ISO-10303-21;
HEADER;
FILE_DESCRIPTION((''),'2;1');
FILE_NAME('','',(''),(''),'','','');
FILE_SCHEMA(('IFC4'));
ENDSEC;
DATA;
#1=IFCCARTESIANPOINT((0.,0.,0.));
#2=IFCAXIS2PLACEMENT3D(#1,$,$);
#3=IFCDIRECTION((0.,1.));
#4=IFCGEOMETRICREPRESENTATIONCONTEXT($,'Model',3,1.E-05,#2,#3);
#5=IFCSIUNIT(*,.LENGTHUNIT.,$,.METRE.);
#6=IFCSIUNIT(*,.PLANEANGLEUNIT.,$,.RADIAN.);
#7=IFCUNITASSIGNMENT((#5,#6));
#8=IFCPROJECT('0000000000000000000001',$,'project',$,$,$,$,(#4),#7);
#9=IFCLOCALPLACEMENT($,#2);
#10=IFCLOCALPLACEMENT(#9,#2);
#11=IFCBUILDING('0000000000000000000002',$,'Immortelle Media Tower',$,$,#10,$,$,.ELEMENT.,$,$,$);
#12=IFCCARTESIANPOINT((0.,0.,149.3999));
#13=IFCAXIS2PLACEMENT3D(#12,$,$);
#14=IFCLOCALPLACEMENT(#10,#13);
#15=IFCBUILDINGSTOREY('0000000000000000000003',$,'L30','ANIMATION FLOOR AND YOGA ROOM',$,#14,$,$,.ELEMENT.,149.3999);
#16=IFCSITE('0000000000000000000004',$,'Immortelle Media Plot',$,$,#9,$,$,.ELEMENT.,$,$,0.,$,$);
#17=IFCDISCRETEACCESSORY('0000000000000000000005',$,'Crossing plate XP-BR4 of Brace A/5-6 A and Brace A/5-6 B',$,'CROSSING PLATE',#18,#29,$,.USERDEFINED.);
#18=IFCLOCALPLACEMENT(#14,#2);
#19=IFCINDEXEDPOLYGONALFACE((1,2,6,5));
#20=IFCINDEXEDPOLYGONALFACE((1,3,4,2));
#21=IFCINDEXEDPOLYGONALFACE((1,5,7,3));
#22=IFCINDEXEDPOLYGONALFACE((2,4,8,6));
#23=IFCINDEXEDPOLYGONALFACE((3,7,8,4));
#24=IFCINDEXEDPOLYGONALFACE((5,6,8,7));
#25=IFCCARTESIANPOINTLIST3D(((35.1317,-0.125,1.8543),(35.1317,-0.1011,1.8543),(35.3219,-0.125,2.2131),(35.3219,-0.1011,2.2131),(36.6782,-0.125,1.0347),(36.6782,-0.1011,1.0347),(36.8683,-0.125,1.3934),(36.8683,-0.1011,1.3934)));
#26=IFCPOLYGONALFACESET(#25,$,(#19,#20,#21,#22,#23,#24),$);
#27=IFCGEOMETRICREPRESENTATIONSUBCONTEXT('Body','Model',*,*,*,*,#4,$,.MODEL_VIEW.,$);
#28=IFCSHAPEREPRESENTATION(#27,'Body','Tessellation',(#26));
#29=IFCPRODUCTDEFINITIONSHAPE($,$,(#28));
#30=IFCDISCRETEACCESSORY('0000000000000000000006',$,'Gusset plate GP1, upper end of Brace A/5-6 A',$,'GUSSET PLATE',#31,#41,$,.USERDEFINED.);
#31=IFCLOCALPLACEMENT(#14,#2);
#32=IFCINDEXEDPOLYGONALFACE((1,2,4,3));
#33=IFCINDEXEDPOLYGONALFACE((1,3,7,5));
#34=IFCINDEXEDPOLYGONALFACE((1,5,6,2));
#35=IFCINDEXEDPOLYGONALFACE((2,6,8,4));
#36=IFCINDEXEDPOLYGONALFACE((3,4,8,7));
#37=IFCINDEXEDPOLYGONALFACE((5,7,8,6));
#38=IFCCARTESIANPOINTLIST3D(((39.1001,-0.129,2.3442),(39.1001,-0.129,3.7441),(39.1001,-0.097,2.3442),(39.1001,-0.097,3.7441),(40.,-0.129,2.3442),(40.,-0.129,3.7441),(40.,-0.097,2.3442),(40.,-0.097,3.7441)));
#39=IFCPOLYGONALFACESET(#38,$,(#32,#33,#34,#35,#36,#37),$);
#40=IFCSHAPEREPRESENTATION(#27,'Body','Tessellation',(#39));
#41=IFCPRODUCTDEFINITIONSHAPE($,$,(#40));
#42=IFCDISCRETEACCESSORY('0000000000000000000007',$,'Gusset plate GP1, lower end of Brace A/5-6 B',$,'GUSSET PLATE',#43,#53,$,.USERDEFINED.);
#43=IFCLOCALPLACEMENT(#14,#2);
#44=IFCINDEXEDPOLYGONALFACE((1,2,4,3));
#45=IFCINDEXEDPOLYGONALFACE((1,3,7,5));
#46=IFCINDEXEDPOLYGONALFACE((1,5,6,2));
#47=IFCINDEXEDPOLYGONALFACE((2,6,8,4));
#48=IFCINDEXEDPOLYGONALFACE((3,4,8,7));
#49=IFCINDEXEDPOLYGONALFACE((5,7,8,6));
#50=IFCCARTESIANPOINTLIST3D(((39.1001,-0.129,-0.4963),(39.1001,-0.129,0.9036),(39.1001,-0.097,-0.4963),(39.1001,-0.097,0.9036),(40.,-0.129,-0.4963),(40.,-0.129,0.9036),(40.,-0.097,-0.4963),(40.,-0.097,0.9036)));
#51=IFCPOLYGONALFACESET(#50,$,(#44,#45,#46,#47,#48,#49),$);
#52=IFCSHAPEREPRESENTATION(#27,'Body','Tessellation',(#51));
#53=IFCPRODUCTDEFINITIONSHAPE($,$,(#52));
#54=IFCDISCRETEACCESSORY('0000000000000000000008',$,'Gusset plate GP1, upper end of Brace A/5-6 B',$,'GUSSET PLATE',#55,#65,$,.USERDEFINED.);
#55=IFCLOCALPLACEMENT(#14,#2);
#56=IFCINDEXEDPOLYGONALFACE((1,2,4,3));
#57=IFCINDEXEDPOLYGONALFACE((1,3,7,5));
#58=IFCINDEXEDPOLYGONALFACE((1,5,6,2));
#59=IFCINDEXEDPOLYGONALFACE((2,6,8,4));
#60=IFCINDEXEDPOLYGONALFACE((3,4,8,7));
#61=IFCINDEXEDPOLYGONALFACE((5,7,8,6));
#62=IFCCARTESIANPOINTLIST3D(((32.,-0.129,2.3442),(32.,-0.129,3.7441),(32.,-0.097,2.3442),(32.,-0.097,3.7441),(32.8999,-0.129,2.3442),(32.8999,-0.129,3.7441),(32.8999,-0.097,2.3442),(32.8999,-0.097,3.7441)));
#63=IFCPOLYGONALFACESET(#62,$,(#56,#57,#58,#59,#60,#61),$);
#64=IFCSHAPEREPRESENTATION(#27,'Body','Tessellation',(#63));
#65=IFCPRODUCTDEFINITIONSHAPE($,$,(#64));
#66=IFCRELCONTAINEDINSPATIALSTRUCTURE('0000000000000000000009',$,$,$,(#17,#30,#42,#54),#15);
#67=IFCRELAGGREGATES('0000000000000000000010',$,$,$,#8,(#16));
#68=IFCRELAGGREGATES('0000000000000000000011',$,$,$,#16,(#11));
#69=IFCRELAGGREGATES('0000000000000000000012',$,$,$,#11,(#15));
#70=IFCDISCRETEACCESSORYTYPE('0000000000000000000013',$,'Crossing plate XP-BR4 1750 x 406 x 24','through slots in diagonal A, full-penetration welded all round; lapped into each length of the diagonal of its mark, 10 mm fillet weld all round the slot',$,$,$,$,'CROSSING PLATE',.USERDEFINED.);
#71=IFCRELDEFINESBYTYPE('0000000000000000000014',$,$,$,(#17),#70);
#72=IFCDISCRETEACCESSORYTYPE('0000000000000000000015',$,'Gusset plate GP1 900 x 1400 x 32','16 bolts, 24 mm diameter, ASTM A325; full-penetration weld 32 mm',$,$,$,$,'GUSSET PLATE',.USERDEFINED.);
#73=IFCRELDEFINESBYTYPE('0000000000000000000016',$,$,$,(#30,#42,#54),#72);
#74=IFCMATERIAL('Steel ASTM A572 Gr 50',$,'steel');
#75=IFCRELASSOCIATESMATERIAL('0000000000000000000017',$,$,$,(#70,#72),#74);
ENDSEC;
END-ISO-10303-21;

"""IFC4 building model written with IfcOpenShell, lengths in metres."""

from ifc_helpers import new_model, si_unit, direction, frame, origin, origin_2d, place, context, subcontext, project, spatial, rectangle, extrude, material, material_profile, profile_set, type_object, element, save


model = new_model("IFC4")

# Units and contexts
model_context = context("Model", 3, precision=1e-05, world=origin(), true_north=direction((0.0, 1.0)))
body_context = subcontext(model_context, "Body", "Model", "MODEL_VIEW")
ifc_project = project(units=[si_unit("LENGTHUNIT", "METRE"), si_unit("PLANEANGLEUNIT", "RADIAN")], contexts=[model_context])

# Site, building, storey
site_placement = place(None, origin())
site = spatial("IfcSite", under=ifc_project, at=site_placement, Name="Immortelle Media Plot", CompositionType="ELEMENT", RefElevation=0.0)
building_placement = place(site_placement, origin())
building = spatial("IfcBuilding", under=site, at=building_placement, Name="Immortelle Media Tower", CompositionType="ELEMENT")
storey_placement = place(building_placement, frame((0.0, 0.0, 149.3999)))
storey = spatial("IfcBuildingStorey", under=building, at=storey_placement, Name="L30", Description="ANIMATION FLOOR AND YOGA ROOM", CompositionType="ELEMENT", Elevation=149.3999)

# Discrete accessories
ifc_material_1 = material(Name="Steel ASTM A572 Gr 50", Category="steel")
ifc_material_profile_1 = material_profile(ifc_material_1, rectangle(XDim=0.0239, YDim=0.406, at=origin_2d()), Name="PL 24 x 406")
ifc_profile_set_1 = profile_set([ifc_material_profile_1], Name="Steel ASTM A572 Gr 50")
discrete_accessory_type_1 = type_object("IfcDiscreteAccessoryType", Name="Crossing plate XP-BR4 1750 x 406 x 24", Description="through slots in diagonal A, full-penetration welded all round; lapped into each length of the diagonal of its mark, 10 mm fillet weld all round the slot", ElementType="CROSSING PLATE", PredefinedType="USERDEFINED", material=ifc_profile_set_1)
discrete_accessory_placement = place(storey_placement, frame((35.2268, -0.113, 2.0337), z_axis=(0.883574, 0.0, -0.468291), x_axis=(0.0, 1.0, 0.0)))
element("IfcDiscreteAccessory", 1, at=discrete_accessory_placement, inside=storey, type_object=discrete_accessory_type_1, Name="Crossing plate XP-BR4 of Brace A/5-6 A and Brace A/5-6 B", ObjectType="CROSSING PLATE", PredefinedType="USERDEFINED", context=body_context, shape_type="SweptSolid", body=[
    extrude(rectangle(XDim=0.0239, YDim=0.406, at=origin_2d()), origin(), (0.0, 0.0, 1.0), 1.7502),
])
ifc_material_profile_2 = material_profile(ifc_material_1, rectangle(XDim=0.032, YDim=1.3999, at=origin_2d()), Name="PL 32 x 1400")
ifc_profile_set_2 = profile_set([ifc_material_profile_2], Name="Steel ASTM A572 Gr 50")
discrete_accessory_type_2 = type_object("IfcDiscreteAccessoryType", Name="Gusset plate GP1 900 x 1400 x 32", Description="16 bolts, 24 mm diameter, ASTM A325; full-penetration weld 32 mm", ElementType="GUSSET PLATE", PredefinedType="USERDEFINED", material=ifc_profile_set_2)
for number, where, z_axis, x_axis, name in (
    (2, (40.0, -0.113, 3.0442), (-1.0, 0.0, 0.0), (0.0, -1.0, 0.0), "Gusset plate GP1, upper end of Brace A/5-6 A"),
    (3, (40.0, -0.113, 0.2036), (-1.0, 0.0, 0.0), (0.0, -1.0, 0.0), "Gusset plate GP1, lower end of Brace A/5-6 B"),
    (4, (32.0, -0.113, 3.0442), (1.0, 0.0, 0.0), (0.0, 1.0, 0.0), "Gusset plate GP1, upper end of Brace A/5-6 B"),
):
    element("IfcDiscreteAccessory", number, at=place(storey_placement, frame(where, z_axis=z_axis, x_axis=x_axis)), inside=storey, type_object=discrete_accessory_type_2, Name=name, ObjectType="GUSSET PLATE", PredefinedType="USERDEFINED", context=body_context, shape_type="SweptSolid", body=[
        extrude(rectangle(XDim=0.032, YDim=1.3999, at=origin_2d()), origin(), (0.0, 0.0, 1.0), 0.8999),
    ])

save(model, "model.ifc")
